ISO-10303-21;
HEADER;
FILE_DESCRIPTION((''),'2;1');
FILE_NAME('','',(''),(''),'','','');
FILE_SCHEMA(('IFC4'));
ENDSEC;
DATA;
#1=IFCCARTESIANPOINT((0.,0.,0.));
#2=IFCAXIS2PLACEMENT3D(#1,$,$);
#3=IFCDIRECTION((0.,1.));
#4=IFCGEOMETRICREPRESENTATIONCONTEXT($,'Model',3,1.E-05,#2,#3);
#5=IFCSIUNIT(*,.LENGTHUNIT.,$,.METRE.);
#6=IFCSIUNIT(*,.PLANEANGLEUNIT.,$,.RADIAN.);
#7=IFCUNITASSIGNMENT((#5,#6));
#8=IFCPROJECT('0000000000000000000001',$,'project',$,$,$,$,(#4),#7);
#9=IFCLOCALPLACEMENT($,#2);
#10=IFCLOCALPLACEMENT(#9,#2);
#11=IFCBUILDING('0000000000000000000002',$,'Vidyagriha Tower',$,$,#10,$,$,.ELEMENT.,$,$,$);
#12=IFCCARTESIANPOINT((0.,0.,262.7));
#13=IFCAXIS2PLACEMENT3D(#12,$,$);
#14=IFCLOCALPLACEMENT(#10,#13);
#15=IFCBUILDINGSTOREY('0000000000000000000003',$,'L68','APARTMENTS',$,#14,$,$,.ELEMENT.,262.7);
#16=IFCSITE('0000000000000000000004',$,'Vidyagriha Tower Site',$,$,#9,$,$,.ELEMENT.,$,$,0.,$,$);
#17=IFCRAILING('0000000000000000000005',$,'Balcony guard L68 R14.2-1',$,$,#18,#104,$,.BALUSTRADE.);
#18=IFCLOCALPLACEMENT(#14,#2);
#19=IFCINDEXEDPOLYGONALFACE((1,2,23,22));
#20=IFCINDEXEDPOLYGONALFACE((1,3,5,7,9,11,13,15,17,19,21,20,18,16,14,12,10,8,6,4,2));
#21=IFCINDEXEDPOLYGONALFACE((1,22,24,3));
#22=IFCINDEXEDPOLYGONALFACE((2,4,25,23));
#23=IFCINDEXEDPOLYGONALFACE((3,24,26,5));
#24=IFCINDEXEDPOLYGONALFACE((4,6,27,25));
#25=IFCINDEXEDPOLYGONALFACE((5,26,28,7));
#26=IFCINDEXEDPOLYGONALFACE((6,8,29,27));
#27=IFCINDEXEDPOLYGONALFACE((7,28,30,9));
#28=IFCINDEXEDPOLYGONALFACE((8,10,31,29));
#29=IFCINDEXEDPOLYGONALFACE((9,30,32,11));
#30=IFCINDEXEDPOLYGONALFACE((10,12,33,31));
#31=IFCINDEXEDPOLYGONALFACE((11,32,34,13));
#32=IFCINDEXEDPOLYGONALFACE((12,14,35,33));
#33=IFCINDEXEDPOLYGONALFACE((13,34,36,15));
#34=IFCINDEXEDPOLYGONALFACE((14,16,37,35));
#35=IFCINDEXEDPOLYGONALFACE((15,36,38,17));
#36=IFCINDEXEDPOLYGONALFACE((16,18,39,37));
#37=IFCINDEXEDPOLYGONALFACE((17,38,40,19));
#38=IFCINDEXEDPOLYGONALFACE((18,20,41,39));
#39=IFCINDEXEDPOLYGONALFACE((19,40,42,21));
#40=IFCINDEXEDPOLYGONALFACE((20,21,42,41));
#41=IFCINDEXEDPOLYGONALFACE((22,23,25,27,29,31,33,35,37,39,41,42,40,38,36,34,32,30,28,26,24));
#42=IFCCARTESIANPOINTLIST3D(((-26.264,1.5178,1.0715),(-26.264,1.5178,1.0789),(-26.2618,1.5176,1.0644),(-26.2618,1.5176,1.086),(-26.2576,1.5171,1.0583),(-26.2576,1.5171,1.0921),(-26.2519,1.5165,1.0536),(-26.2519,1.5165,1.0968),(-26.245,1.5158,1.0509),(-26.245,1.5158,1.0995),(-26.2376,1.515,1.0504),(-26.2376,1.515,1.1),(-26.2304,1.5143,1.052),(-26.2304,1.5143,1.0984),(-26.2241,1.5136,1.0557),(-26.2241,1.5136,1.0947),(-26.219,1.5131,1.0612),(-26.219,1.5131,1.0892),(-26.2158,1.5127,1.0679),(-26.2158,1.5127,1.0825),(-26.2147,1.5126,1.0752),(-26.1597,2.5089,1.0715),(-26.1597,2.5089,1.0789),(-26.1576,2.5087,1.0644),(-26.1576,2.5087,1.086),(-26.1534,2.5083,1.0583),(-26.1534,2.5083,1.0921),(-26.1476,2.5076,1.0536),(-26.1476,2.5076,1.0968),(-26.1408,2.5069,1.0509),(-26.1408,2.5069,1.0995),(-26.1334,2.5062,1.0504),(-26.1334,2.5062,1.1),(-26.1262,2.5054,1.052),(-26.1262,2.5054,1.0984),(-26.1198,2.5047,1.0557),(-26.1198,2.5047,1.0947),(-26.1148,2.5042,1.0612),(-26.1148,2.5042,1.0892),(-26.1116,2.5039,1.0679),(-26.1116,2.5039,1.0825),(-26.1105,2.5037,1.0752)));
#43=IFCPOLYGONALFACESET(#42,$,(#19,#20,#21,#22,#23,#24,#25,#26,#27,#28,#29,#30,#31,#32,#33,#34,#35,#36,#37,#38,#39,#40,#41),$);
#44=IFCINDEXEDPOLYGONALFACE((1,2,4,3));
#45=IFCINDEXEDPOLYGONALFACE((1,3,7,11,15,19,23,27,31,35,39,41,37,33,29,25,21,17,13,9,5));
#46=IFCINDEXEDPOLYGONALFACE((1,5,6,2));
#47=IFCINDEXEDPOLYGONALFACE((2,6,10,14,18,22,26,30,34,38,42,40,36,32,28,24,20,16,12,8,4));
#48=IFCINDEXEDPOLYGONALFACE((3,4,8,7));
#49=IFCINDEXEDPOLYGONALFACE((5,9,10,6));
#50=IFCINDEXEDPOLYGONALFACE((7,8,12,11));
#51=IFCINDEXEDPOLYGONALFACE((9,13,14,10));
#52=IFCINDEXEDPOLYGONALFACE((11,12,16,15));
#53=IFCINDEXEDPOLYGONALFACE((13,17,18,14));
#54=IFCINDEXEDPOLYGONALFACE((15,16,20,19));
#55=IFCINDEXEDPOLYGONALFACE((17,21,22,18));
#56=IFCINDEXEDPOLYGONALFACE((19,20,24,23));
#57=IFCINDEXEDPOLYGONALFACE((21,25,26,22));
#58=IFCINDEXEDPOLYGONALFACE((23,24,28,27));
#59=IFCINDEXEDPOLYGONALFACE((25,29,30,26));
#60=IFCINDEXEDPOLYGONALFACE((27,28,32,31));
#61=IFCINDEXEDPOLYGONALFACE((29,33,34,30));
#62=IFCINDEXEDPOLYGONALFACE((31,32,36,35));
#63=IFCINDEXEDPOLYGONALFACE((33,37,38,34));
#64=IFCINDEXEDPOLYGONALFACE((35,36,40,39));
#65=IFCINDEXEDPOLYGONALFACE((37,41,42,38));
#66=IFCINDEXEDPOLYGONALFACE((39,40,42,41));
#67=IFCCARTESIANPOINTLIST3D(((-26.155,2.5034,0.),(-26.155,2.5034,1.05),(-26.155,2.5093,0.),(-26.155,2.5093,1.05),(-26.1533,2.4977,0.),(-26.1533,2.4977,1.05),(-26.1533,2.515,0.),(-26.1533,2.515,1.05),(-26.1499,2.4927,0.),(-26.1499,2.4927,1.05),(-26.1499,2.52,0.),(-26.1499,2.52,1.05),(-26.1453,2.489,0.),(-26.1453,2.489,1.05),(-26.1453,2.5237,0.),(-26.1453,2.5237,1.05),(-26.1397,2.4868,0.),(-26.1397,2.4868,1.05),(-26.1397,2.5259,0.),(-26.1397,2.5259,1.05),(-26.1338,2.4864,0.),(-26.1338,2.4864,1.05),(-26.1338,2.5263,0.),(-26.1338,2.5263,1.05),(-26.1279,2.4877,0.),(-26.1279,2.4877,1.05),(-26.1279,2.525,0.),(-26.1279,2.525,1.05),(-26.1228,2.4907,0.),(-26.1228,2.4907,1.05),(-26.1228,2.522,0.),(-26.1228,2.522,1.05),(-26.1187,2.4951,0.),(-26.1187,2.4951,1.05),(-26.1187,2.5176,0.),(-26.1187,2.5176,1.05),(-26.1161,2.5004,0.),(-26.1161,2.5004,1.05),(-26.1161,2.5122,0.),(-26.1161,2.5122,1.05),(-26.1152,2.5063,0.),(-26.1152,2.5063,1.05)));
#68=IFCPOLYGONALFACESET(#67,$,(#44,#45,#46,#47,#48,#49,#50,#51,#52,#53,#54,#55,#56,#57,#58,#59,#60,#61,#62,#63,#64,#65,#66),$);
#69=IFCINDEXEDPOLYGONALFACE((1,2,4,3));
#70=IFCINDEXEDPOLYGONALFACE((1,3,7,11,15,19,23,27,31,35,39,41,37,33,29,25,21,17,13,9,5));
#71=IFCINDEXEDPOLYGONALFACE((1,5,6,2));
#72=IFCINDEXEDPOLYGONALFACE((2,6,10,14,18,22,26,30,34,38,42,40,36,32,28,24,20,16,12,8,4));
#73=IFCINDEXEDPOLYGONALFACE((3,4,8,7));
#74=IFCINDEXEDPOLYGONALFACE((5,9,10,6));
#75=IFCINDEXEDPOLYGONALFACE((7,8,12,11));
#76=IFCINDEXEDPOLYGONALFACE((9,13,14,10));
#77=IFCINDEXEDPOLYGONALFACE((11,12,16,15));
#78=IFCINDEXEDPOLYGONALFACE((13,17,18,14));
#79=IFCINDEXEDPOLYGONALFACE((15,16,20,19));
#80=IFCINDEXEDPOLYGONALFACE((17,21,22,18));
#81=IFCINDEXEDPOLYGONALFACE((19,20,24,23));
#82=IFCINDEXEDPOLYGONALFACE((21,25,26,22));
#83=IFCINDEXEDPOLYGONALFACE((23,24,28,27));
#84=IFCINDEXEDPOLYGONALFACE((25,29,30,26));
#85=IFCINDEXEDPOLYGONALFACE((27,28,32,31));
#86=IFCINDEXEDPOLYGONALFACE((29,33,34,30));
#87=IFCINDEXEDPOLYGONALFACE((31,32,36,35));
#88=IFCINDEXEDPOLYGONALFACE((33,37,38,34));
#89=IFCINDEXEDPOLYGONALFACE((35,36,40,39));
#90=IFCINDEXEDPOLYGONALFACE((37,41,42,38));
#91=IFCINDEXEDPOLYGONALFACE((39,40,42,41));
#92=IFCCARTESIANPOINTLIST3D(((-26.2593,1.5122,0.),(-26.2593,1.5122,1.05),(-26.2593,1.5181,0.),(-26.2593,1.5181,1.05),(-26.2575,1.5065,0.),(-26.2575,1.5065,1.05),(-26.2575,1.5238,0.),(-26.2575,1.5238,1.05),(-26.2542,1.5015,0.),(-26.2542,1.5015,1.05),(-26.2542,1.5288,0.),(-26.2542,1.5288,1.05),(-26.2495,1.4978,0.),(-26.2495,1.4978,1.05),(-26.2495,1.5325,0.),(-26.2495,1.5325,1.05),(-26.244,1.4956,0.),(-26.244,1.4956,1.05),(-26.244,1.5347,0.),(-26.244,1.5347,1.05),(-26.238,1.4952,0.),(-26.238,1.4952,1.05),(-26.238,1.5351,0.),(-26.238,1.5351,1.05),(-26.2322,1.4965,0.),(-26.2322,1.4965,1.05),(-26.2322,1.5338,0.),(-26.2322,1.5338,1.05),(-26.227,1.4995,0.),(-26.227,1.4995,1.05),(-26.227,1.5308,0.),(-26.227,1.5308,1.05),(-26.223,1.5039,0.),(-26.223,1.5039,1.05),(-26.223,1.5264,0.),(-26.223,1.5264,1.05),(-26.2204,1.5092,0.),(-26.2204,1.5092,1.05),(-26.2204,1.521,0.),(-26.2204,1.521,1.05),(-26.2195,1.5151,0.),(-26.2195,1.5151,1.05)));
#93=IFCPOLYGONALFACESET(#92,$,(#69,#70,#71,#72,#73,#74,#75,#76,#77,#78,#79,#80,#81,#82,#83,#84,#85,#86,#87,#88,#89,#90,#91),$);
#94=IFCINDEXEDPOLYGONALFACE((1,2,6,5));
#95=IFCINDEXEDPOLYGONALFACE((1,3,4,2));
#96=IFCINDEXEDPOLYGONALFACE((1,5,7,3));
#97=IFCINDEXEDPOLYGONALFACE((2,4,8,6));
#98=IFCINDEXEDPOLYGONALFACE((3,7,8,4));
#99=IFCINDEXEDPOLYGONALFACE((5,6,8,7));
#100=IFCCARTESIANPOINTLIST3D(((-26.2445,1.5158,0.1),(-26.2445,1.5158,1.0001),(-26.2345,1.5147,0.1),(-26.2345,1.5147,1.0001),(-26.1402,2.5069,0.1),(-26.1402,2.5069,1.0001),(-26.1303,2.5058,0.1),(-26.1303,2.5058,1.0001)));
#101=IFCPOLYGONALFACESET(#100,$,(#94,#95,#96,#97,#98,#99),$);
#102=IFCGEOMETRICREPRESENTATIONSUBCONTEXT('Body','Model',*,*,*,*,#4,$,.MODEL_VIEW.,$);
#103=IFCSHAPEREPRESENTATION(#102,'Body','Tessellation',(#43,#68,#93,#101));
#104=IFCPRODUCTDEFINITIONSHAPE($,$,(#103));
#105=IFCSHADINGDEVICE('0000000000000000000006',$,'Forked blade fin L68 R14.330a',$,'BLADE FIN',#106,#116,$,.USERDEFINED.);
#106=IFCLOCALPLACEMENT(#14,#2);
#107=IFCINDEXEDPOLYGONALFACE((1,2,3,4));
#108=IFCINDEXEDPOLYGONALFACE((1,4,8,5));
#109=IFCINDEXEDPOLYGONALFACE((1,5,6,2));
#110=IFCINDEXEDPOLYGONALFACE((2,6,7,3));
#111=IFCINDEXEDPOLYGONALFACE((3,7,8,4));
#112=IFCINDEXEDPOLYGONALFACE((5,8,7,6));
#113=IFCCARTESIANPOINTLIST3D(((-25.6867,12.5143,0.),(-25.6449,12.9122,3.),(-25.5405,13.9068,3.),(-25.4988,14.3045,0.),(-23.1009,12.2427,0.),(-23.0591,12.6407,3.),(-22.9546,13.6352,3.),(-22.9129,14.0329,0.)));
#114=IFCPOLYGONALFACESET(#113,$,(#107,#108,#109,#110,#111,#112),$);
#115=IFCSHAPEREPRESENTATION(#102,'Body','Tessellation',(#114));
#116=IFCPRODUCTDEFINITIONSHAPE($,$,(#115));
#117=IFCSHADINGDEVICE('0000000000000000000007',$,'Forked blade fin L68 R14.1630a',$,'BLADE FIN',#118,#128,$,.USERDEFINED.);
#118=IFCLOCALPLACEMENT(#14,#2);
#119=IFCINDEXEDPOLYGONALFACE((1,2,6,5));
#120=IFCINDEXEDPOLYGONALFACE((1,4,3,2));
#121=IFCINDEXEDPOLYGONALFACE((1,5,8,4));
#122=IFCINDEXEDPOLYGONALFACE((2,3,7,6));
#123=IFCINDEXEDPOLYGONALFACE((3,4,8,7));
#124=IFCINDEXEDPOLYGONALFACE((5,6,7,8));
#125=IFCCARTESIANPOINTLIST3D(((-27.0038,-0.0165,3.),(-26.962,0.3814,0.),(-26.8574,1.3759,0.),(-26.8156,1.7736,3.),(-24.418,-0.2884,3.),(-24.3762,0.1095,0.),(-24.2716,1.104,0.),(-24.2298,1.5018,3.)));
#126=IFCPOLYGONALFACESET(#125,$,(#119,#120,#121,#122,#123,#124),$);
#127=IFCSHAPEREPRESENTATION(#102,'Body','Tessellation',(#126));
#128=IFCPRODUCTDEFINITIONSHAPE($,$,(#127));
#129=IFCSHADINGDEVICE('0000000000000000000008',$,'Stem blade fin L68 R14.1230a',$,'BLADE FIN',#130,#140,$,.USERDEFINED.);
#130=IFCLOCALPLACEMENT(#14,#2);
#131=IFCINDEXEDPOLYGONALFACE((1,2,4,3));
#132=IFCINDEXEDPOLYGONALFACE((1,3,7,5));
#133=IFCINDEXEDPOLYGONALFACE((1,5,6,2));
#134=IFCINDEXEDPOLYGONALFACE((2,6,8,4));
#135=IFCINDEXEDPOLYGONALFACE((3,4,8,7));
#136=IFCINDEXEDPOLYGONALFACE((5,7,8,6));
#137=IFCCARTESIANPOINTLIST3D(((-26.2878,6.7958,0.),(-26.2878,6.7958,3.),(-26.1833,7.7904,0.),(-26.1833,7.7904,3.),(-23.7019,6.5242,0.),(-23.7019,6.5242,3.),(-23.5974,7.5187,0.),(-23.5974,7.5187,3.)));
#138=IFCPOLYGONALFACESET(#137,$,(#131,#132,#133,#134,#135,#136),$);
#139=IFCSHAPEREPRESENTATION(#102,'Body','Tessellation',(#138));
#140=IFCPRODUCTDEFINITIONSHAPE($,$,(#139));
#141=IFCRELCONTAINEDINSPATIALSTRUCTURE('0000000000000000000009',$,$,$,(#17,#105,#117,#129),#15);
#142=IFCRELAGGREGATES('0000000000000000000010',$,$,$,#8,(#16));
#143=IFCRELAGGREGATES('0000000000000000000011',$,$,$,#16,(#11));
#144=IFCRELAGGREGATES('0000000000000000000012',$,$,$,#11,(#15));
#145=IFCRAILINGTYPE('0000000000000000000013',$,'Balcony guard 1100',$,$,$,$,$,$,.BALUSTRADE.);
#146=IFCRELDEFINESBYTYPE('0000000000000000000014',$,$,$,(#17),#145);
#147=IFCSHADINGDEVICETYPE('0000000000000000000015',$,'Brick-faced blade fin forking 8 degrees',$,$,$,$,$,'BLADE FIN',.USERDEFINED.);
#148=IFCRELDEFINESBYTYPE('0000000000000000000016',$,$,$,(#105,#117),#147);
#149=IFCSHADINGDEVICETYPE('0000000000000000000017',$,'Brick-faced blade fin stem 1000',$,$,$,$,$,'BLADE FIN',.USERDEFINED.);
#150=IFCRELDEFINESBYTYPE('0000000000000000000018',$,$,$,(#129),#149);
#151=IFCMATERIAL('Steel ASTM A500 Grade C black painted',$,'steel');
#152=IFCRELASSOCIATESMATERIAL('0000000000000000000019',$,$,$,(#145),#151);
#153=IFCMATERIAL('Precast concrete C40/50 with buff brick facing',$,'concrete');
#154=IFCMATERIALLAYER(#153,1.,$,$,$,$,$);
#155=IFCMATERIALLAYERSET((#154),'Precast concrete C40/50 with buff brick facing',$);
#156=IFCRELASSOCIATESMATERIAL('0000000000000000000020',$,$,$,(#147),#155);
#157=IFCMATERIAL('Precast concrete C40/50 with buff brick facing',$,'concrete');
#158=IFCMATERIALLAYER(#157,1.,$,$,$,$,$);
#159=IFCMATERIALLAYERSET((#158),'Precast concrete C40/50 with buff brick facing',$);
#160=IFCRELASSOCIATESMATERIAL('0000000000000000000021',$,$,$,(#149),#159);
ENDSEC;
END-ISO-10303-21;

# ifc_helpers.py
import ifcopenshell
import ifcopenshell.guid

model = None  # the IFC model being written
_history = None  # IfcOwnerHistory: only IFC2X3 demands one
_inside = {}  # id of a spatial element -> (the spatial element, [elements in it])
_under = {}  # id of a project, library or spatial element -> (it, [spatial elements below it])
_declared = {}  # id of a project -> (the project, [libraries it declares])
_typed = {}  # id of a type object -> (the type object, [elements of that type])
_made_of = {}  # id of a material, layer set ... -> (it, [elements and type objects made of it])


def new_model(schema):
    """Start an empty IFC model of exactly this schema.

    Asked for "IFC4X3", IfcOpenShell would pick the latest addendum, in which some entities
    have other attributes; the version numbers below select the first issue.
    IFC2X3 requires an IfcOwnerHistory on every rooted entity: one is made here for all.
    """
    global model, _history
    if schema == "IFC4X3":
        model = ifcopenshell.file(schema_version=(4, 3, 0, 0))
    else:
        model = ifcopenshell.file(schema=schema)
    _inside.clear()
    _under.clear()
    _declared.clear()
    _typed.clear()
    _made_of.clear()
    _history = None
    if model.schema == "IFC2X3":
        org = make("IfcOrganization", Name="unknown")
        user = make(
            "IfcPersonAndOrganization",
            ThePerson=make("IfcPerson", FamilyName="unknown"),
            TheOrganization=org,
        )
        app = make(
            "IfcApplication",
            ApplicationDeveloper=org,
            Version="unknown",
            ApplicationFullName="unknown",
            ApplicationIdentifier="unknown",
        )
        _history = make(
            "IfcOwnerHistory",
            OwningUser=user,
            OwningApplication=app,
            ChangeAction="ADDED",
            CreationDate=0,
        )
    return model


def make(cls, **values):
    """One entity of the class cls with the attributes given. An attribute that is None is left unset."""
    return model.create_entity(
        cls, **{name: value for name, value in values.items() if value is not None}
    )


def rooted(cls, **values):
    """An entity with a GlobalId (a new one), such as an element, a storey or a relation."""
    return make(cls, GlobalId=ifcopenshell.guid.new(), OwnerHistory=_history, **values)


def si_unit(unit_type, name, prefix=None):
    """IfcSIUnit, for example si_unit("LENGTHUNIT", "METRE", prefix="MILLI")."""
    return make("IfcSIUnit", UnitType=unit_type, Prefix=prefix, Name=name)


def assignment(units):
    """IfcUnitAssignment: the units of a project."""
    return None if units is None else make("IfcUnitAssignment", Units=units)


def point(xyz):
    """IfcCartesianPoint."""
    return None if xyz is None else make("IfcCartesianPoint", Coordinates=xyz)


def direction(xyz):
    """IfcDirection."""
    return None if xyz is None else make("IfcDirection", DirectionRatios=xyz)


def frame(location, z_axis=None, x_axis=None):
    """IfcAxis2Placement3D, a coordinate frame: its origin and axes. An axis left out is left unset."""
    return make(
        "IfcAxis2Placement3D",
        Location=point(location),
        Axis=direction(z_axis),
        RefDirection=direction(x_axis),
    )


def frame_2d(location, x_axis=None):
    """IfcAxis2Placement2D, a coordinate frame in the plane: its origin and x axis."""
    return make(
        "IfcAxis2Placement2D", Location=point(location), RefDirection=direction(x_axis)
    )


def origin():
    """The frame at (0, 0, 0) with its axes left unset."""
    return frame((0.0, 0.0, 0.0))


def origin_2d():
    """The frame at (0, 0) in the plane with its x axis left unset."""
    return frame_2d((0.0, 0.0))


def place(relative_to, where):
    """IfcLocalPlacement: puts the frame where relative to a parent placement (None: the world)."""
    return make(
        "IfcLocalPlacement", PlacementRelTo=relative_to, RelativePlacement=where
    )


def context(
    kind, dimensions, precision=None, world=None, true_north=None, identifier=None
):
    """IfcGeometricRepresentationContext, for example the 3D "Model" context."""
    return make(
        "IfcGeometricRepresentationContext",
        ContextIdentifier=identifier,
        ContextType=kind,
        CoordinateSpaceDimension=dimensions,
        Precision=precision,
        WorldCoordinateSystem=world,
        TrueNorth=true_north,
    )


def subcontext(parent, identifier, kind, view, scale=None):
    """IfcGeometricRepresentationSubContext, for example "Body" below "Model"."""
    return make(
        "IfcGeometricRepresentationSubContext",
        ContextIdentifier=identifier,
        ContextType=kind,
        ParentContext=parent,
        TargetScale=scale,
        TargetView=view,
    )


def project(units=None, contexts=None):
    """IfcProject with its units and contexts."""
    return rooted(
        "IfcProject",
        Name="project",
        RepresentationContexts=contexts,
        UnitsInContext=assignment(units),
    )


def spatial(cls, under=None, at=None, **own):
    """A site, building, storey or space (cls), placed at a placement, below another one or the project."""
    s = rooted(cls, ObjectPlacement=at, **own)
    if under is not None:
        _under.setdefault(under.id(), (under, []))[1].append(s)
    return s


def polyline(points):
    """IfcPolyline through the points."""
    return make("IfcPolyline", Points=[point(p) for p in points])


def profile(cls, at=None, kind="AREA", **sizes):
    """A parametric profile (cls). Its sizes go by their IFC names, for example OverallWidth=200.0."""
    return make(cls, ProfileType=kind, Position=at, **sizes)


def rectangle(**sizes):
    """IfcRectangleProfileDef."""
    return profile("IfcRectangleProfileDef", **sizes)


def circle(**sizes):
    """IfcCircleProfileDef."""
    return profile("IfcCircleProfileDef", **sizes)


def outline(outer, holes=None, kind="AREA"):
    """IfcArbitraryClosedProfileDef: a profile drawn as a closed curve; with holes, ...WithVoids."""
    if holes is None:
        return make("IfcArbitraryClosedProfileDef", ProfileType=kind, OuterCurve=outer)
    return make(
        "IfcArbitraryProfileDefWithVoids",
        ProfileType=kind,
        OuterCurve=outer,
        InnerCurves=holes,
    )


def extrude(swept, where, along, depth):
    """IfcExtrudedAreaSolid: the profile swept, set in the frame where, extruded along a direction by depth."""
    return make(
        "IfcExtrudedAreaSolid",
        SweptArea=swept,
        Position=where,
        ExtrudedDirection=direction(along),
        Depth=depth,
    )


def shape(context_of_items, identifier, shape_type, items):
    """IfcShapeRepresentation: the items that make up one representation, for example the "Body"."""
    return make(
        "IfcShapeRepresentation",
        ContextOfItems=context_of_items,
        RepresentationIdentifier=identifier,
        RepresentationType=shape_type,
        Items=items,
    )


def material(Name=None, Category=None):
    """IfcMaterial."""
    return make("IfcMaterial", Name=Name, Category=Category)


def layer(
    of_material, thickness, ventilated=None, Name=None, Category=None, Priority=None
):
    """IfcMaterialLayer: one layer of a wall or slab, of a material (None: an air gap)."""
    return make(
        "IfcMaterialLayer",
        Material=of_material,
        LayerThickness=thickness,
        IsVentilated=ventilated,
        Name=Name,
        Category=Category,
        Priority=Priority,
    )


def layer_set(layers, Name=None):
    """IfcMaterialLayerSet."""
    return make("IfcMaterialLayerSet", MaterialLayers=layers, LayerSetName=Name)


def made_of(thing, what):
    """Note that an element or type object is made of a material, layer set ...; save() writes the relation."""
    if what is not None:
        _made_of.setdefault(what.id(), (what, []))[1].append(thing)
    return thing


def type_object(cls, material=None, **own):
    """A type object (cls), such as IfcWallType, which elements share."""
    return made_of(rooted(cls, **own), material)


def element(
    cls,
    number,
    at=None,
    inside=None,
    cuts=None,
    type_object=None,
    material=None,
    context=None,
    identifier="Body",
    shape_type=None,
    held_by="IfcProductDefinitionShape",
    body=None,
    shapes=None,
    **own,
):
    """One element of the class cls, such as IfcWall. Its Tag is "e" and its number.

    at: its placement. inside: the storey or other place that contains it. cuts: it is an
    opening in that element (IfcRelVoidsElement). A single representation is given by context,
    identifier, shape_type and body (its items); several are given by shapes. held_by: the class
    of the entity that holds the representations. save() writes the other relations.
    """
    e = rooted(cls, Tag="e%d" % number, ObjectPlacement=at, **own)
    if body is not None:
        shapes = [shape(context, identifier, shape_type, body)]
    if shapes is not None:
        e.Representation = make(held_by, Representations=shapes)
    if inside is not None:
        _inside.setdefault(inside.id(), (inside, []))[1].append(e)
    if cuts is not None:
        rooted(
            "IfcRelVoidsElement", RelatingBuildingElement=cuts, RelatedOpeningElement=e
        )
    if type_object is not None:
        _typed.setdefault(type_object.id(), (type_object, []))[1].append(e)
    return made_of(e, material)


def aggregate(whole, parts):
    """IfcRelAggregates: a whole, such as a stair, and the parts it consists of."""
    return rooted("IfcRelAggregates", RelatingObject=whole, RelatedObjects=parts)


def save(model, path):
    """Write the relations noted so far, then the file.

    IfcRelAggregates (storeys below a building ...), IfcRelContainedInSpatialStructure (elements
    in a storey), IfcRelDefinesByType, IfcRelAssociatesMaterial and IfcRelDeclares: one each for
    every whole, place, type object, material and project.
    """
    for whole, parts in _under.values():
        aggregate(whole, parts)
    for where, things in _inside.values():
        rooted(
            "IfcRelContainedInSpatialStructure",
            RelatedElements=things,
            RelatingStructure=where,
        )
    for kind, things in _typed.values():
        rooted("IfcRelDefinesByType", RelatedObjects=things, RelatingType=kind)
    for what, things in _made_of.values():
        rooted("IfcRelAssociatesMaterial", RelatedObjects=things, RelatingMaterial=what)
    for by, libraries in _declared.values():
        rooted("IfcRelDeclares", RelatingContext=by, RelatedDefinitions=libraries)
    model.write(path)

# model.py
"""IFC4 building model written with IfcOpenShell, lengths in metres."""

from ifc_helpers import new_model, si_unit, direction, frame, origin, origin_2d, place, context, subcontext, project, spatial, polyline, rectangle, circle, outline, extrude, material, layer, layer_set, type_object, element, save


model = new_model("IFC4")

# Units and contexts
model_context = context("Model", 3, precision=1e-05, world=origin(), true_north=direction((0.0, 1.0)))
body_context = subcontext(model_context, "Body", "Model", "MODEL_VIEW")
ifc_project = project(units=[si_unit("LENGTHUNIT", "METRE"), si_unit("PLANEANGLEUNIT", "RADIAN")], contexts=[model_context])

# Site, building, storey
site_placement = place(None, origin())
site = spatial("IfcSite", under=ifc_project, at=site_placement, Name="Vidyagriha Tower Site", CompositionType="ELEMENT", RefElevation=0.0)
building_placement = place(site_placement, origin())
building = spatial("IfcBuilding", under=site, at=building_placement, Name="Vidyagriha Tower", CompositionType="ELEMENT")
storey_placement = place(building_placement, frame((0.0, 0.0, 262.7)))
storey = spatial("IfcBuildingStorey", under=building, at=storey_placement, Name="L68", Description="APARTMENTS", CompositionType="ELEMENT", Elevation=262.7)

# Railing
ifc_material_1 = material(Name="Steel ASTM A500 Grade C black painted", Category="steel")
railing_type_1 = type_object("IfcRailingType", Name="Balcony guard 1100", PredefinedType="BALUSTRADE", material=ifc_material_1)
railing_1_placement = place(storey_placement, frame((-26.1353, 2.5063, 0.0)))
element("IfcRailing", 1, at=railing_1_placement, inside=storey, type_object=railing_type_1, Name="Balcony guard L68 R14.2-1", PredefinedType="BALUSTRADE", context=body_context, shape_type="SweptSolid", body=[
    extrude(circle(Radius=0.0249, at=origin_2d()), frame((0.0, 0.0, 1.0752), z_axis=(-0.104596, -0.994515, 0.0), x_axis=(0.994515, -0.104596, 0.0)), (0.0, 0.0, 1.0), 0.9966),
    extrude(circle(Radius=0.02, at=origin_2d()), origin(), (0.0, 0.0, 1.0), 1.05),
    extrude(circle(Radius=0.02, at=origin_2d()), frame((-0.1042, -0.9912, 0.0)), (0.0, 0.0, 1.0), 1.05),
    extrude(rectangle(XDim=0.01, YDim=0.9001, at=origin_2d()), frame((0.0, 0.0, 0.55), z_axis=(-0.104596, -0.994515, 0.0), x_axis=(0.994515, -0.104596, 0.0)), (0.0, 0.0, 1.0), 0.9966),
])

# Shading devices
ifc_material_2 = material(Name="Precast concrete C40/50 with buff brick facing", Category="concrete")
ifc_layer_1 = layer(ifc_material_2, 1.0)
ifc_layer_set_1 = layer_set([ifc_layer_1], Name="Precast concrete C40/50 with buff brick facing")
shading_device_type_1 = type_object("IfcShadingDeviceType", Name="Brick-faced blade fin forking 8 degrees", ElementType="BLADE FIN", PredefinedType="USERDEFINED", material=ifc_layer_set_1)
shading_device_1_placement = place(storey_placement, frame((-24.2058, 14.1687, 0.0), z_axis=(0.0, 0.0, 1.0), x_axis=(-0.104431, -0.994532, 0.0)))
element("IfcShadingDevice", 2, at=shading_device_1_placement, inside=storey, type_object=shading_device_type_1, Name="Forked blade fin L68 R14.330a", ObjectType="BLADE FIN", PredefinedType="USERDEFINED", context=body_context, shape_type="SweptSolid", body=[
    extrude(outline(polyline([(0.0, 0.0), (1.8, 0.0), (1.3999, 3.0), (0.3999, 3.0), (0.0, 0.0)])), frame((0.0, 1.3, 0.0), z_axis=(0.0, -1.0, 0.0), x_axis=(1.0, 0.0, 0.0)), (0.0, 0.0, 1.0), 2.6001),
])
shading_device_2_placement = place(storey_placement, frame((-25.5227, 1.6377, 0.0), z_axis=(0.0, 0.0, 1.0), x_axis=(-0.104565, -0.994518, 0.0)))
element("IfcShadingDevice", 3, at=shading_device_2_placement, inside=storey, type_object=shading_device_type_1, Name="Forked blade fin L68 R14.1630a", ObjectType="BLADE FIN", PredefinedType="USERDEFINED", context=body_context, shape_type="SweptSolid", body=[
    extrude(outline(polyline([(0.3999, 0.0), (1.3999, 0.0), (1.8, 3.0), (0.0, 3.0), (0.3999, 0.0)])), frame((0.0, 1.3, 0.0), z_axis=(0.0, -1.0, 0.0), x_axis=(1.0, 0.0, 0.0)), (0.0, 0.0, 1.0), 2.6001),
])
ifc_material_3 = material(Name="Precast concrete C40/50 with buff brick facing", Category="concrete")
ifc_layer_2 = layer(ifc_material_3, 1.0)
ifc_layer_set_2 = layer_set([ifc_layer_2], Name="Precast concrete C40/50 with buff brick facing")
shading_device_type_2 = type_object("IfcShadingDeviceType", Name="Brick-faced blade fin stem 1000", ElementType="BLADE FIN", PredefinedType="USERDEFINED", material=ifc_layer_set_2)
shading_device_3_placement = place(storey_placement, frame((-24.8904, 7.6545, 0.0), z_axis=(0.0, 0.0, 1.0), x_axis=(-0.104481, -0.994527, 0.0)))
element("IfcShadingDevice", 4, at=shading_device_3_placement, inside=storey, type_object=shading_device_type_2, Name="Stem blade fin L68 R14.1230a", ObjectType="BLADE FIN", PredefinedType="USERDEFINED", context=body_context, shape_type="SweptSolid", body=[
    extrude(outline(polyline([(0.0, 0.0), (1.0, 0.0), (1.0, 3.0), (0.0, 3.0), (0.0, 0.0)])), frame((0.0, 1.3, 0.0), z_axis=(0.0, -1.0, 0.0), x_axis=(1.0, 0.0, 0.0)), (0.0, 0.0, 1.0), 2.6001),
])

save(model, "model.ifc")
